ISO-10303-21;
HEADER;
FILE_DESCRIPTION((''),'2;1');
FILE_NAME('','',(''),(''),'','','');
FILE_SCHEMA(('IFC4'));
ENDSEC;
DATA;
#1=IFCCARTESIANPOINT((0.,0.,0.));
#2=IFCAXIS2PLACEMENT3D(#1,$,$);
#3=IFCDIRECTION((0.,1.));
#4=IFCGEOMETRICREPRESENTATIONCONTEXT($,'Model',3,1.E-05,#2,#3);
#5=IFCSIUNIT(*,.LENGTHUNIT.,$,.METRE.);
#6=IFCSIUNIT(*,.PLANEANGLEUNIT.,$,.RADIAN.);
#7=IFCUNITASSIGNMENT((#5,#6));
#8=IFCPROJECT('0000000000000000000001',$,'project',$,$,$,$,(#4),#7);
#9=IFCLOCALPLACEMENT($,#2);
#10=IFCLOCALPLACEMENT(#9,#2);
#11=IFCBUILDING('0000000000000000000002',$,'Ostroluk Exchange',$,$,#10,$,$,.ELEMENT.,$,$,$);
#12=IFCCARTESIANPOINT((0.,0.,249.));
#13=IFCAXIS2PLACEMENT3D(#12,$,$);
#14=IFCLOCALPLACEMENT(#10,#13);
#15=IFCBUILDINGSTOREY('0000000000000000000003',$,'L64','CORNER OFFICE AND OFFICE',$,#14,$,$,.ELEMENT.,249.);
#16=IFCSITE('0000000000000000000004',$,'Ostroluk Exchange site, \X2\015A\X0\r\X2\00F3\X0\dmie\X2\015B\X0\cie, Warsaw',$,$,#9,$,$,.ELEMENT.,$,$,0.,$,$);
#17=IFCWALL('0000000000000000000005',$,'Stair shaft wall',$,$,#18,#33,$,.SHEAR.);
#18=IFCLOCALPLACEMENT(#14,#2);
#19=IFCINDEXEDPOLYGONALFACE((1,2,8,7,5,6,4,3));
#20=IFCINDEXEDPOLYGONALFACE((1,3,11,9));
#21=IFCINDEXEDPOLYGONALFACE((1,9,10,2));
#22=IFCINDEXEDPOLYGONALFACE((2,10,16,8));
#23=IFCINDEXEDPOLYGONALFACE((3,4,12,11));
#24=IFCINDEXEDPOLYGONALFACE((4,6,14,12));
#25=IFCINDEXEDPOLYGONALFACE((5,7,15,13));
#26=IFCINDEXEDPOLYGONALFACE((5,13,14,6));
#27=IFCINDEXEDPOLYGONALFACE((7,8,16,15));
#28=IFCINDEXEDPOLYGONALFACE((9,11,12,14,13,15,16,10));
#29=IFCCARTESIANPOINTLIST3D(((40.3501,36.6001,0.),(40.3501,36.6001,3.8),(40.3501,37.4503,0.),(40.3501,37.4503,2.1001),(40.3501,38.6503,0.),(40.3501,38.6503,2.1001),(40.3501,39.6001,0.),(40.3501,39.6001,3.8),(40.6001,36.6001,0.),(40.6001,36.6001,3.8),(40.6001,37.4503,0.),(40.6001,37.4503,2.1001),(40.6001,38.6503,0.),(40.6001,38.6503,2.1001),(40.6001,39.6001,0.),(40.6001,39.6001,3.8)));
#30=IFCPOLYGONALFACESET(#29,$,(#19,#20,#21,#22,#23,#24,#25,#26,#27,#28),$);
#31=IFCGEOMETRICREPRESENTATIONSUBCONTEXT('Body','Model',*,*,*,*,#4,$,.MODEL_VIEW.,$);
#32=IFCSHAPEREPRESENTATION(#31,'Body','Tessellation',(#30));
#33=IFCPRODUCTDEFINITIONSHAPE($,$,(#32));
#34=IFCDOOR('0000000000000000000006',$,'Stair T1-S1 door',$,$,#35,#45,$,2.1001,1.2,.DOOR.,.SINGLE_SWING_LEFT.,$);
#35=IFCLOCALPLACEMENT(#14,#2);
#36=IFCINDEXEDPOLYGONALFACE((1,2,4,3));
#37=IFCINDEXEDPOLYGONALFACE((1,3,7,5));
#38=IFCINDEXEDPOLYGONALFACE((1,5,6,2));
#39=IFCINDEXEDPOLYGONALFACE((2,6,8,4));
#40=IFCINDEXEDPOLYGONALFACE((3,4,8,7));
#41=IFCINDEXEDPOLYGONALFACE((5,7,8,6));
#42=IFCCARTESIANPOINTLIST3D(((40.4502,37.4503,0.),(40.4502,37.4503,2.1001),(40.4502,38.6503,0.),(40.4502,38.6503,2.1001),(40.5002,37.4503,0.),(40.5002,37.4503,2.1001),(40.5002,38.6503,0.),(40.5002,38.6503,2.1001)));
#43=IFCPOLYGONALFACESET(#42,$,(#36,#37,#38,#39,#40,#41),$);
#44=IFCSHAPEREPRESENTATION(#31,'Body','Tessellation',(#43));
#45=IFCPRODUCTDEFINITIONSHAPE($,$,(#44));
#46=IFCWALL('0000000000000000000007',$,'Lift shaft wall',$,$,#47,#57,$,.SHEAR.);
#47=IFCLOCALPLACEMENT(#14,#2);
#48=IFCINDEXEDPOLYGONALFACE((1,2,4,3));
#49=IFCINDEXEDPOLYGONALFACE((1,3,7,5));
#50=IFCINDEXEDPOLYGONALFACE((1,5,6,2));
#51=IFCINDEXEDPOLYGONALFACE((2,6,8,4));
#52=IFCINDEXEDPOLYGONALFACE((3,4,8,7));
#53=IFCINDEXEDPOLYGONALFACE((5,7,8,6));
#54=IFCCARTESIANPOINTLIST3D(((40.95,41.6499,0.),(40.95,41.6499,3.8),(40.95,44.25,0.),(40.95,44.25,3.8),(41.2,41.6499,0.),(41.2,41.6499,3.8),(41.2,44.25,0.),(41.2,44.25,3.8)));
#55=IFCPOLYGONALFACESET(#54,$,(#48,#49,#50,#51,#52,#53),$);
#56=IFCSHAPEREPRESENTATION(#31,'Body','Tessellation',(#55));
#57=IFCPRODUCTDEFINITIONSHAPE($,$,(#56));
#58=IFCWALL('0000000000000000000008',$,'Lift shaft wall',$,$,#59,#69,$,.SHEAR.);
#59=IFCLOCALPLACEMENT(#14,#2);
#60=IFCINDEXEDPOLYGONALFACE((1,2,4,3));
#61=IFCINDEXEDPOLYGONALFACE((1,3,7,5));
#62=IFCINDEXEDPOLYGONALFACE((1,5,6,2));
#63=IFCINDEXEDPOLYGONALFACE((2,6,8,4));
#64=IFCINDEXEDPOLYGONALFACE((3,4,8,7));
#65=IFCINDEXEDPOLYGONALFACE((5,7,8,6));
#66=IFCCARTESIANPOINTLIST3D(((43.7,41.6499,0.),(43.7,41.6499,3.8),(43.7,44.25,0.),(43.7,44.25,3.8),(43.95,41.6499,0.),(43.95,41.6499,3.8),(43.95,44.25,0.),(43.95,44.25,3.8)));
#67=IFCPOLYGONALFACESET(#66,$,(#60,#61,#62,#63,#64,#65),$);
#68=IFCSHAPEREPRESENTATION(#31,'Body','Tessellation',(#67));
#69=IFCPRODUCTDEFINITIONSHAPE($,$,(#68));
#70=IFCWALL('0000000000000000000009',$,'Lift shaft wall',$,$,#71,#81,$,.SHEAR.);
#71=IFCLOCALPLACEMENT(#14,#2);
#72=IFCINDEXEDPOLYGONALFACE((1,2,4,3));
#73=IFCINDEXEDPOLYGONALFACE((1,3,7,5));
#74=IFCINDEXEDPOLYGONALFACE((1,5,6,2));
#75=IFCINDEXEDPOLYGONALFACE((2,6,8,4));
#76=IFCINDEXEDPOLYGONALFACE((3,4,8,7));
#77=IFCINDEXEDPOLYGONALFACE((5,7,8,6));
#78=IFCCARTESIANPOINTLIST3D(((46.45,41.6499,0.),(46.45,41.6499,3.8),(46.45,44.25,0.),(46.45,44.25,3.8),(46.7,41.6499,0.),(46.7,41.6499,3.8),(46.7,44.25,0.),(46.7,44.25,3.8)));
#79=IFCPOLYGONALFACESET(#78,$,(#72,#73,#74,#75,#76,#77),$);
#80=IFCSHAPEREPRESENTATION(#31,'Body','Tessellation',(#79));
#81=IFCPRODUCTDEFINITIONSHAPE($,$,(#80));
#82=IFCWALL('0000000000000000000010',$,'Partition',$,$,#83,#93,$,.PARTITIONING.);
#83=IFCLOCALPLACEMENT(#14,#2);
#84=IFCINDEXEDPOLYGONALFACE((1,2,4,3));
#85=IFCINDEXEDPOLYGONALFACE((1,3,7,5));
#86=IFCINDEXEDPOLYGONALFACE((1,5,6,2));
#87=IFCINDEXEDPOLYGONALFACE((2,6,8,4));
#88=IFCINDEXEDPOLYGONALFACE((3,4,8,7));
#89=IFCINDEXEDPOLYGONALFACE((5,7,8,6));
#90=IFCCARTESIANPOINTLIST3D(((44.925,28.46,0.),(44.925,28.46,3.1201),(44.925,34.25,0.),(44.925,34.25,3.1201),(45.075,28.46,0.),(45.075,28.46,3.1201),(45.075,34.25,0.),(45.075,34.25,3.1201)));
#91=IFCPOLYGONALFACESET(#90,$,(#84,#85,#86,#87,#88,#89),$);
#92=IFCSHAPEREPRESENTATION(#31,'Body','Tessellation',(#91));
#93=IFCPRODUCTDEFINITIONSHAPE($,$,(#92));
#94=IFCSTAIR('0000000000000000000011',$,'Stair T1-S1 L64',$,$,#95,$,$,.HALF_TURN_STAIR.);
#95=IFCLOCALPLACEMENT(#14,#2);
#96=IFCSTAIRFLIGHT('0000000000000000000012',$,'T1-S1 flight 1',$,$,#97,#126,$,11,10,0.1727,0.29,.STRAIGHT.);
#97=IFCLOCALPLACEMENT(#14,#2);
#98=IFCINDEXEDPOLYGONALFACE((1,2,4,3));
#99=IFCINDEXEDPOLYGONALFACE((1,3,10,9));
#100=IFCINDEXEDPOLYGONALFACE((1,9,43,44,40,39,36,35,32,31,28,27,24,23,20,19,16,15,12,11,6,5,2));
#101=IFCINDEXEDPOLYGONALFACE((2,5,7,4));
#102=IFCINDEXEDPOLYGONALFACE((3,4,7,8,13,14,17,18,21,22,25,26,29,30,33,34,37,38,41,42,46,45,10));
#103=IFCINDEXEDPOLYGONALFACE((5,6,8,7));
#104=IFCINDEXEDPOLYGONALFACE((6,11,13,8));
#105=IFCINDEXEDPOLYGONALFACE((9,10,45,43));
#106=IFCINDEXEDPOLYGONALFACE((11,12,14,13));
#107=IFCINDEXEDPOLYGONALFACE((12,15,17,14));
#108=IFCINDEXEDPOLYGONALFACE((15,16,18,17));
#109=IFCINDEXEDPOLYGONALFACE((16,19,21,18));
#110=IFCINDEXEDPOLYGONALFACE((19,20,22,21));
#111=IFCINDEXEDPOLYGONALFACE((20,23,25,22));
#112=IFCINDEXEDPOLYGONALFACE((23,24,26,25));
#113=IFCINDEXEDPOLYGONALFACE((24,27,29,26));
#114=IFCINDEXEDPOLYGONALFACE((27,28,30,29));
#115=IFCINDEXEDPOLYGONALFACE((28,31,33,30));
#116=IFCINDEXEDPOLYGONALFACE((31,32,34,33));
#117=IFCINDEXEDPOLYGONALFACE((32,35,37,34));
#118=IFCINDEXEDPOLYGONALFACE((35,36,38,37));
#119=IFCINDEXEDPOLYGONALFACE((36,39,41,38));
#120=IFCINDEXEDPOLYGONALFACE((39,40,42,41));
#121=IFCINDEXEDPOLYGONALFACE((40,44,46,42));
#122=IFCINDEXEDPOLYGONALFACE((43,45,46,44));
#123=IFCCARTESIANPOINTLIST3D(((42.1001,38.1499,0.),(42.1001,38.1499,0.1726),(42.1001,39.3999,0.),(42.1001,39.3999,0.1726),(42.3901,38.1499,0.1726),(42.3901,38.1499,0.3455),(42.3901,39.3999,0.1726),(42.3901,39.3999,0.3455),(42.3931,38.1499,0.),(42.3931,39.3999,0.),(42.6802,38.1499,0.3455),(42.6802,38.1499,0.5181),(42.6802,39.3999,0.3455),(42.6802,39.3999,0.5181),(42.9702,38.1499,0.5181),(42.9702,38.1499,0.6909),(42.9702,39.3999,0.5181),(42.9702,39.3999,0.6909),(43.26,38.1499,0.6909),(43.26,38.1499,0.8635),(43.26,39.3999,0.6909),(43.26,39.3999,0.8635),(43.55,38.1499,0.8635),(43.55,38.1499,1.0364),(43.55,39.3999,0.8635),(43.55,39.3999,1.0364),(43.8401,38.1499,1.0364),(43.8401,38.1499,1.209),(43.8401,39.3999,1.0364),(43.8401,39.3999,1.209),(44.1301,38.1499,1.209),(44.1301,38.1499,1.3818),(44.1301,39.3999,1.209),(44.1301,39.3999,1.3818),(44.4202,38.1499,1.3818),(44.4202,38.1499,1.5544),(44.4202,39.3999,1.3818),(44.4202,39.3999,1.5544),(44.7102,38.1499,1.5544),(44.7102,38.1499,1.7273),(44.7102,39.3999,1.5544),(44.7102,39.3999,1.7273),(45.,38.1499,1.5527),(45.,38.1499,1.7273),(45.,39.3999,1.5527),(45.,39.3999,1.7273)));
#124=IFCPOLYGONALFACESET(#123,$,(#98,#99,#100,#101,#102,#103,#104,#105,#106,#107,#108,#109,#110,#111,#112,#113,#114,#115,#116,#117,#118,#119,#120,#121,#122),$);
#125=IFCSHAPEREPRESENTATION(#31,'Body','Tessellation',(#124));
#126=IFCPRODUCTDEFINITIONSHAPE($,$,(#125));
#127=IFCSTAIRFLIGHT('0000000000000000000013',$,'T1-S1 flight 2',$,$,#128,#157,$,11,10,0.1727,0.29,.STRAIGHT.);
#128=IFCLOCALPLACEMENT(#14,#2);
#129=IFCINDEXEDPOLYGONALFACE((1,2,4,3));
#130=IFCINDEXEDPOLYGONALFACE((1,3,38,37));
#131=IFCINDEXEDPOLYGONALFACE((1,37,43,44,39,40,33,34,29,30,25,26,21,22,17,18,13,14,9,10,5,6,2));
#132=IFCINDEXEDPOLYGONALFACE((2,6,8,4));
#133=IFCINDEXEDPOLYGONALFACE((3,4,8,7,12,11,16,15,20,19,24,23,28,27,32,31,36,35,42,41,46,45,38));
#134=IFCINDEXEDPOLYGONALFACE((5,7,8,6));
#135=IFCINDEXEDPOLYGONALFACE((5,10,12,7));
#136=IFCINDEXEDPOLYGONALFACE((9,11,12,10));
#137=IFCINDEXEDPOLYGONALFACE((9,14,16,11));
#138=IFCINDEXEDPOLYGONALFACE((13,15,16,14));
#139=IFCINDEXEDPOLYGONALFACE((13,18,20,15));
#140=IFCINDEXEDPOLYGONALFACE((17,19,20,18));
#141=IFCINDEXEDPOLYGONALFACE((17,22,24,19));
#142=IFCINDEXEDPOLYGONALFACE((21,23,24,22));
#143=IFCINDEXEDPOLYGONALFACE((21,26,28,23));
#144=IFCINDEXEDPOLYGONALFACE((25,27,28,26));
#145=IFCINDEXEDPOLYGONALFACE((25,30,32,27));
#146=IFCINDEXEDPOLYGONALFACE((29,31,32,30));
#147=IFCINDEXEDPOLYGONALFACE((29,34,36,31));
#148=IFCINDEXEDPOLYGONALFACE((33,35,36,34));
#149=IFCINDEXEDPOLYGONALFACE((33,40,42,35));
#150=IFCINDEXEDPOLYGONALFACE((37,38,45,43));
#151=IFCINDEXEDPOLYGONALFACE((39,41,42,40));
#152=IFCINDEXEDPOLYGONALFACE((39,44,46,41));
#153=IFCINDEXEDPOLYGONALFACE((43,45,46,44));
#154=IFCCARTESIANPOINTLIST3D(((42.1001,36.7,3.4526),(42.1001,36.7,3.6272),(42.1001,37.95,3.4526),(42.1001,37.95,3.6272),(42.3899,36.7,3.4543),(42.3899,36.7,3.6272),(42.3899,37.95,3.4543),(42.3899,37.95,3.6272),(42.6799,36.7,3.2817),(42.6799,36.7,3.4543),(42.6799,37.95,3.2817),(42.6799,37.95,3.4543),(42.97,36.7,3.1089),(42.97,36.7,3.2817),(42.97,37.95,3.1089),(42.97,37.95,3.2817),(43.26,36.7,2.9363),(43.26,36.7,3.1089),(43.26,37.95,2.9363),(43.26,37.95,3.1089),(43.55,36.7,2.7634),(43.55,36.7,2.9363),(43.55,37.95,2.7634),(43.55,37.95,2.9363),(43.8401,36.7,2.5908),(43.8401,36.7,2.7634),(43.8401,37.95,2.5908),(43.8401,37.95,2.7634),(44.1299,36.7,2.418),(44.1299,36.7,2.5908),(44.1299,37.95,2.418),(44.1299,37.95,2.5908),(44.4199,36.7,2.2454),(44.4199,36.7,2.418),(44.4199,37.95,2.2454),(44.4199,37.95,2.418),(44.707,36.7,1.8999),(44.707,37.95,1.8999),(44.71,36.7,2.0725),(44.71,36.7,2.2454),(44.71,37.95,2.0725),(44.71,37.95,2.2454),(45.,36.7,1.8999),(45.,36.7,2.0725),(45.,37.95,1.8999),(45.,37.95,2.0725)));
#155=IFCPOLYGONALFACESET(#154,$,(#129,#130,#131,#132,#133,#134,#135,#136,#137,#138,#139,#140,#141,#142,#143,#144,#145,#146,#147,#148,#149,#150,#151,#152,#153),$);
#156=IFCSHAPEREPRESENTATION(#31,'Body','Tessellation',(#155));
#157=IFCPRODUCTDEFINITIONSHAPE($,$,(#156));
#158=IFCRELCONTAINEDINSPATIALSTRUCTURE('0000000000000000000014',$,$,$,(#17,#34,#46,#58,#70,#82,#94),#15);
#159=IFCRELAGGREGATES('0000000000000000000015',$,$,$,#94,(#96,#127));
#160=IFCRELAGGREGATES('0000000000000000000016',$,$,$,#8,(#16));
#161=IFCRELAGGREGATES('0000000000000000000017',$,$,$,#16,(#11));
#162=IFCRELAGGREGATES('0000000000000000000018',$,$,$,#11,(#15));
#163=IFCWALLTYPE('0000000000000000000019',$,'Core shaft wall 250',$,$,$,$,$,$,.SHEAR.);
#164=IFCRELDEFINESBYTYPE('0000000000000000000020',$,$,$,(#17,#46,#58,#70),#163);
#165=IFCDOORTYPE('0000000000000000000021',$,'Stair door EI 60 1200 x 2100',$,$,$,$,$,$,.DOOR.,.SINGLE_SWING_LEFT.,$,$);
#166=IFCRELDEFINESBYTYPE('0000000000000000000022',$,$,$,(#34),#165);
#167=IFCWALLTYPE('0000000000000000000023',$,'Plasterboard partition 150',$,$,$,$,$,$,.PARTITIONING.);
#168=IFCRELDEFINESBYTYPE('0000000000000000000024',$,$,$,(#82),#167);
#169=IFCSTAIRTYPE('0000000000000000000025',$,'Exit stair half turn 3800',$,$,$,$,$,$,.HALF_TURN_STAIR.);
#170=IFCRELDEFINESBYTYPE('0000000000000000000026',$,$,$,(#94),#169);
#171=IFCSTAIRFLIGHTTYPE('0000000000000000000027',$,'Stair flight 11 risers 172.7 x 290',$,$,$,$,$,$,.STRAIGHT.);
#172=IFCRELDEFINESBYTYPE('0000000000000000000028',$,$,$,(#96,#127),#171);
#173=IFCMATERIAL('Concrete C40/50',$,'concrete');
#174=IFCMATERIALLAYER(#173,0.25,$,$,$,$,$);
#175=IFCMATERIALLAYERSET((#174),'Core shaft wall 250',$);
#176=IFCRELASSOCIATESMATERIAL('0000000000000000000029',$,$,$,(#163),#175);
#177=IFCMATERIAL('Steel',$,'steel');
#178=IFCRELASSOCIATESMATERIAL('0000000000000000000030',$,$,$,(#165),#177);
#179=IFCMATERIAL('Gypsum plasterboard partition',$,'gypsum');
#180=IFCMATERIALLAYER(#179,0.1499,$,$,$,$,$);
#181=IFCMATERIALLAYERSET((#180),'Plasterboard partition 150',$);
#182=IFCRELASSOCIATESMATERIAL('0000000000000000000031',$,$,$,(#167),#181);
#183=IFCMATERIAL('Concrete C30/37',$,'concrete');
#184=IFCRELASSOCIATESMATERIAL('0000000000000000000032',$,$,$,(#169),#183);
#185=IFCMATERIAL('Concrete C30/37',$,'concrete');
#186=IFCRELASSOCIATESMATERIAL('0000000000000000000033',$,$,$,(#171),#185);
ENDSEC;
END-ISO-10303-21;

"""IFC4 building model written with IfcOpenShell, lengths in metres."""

from ifc_helpers import new_model, si_unit, direction, frame, frame_2d, origin, place, context, subcontext, project, spatial, polyline, rectangle, outline, extrude, material, layer, layer_set, type_object, element, fill, aggregate, save


model = new_model("IFC4")

# Units and contexts
model_context = context("Model", 3, precision=1e-05, world=origin(), true_north=direction((0.0, 1.0)))
body_context = subcontext(model_context, "Body", "Model", "MODEL_VIEW")
ifc_project = project(units=[si_unit("LENGTHUNIT", "METRE"), si_unit("PLANEANGLEUNIT", "RADIAN")], contexts=[model_context])

# Site, building, storey
site_placement = place(None, origin())
site = spatial("IfcSite", under=ifc_project, at=site_placement, Name="Ostroluk Exchange site, Śródmieście, Warsaw", CompositionType="ELEMENT", RefElevation=0.0)
building_placement = place(site_placement, origin())
building = spatial("IfcBuilding", under=site, at=building_placement, Name="Ostroluk Exchange", CompositionType="ELEMENT")
storey_placement = place(building_placement, frame((0.0, 0.0, 249.0)))
storey = spatial("IfcBuildingStorey", under=building, at=storey_placement, Name="L64", Description="CORNER OFFICE AND OFFICE", CompositionType="ELEMENT", Elevation=249.0)

# Wall, opening, door
ifc_material_1 = material(Name="Concrete C40/50", Category="concrete")
ifc_layer_1 = layer(ifc_material_1, 0.25)
ifc_layer_set_1 = layer_set([ifc_layer_1], Name="Core shaft wall 250")
wall_type_1 = type_object("IfcWallType", Name="Core shaft wall 250", PredefinedType="SHEAR", material=ifc_layer_set_1)
wall_1_placement = place(storey_placement, frame((40.4751, 36.6001, 0.0), z_axis=(0.0, 0.0, 1.0), x_axis=(0.0, 1.0, 0.0)))
wall_1 = element("IfcWall", 1, at=wall_1_placement, inside=storey, type_object=wall_type_1, Name="Stair shaft wall", PredefinedType="SHEAR", context=body_context, shape_type="SweptSolid", body=[
    extrude(rectangle(XDim=3.0, YDim=0.25, at=frame_2d((1.5, 0.0))), origin(), (0.0, 0.0, 1.0), 3.8),
])
opening_placement = place(wall_1_placement, frame((0.8501, 0.0, 0.0)))
opening = element("IfcOpeningElement", 2, at=opening_placement, cuts=wall_1, PredefinedType="OPENING", context=body_context, shape_type="SweptSolid", body=[
    extrude(rectangle(XDim=1.2, YDim=2.1001, at=frame_2d((0.6001, 1.05))), frame((0.0, 0.135, 0.0), z_axis=(0.0, -1.0, 0.0), x_axis=(1.0, 0.0, 0.0)), (0.0, 0.0, 1.0), 0.27),
])
ifc_material_2 = material(Name="Steel", Category="steel")
door_type = type_object("IfcDoorType", Name="Stair door EI 60 1200 x 2100", OperationType="SINGLE_SWING_LEFT", PredefinedType="DOOR", material=ifc_material_2)
door_placement = place(opening_placement, origin())
door = element("IfcDoor", 3, at=door_placement, inside=storey, type_object=door_type, Name="Stair T1-S1 door", OperationType="SINGLE_SWING_LEFT", OverallHeight=2.1001, OverallWidth=1.2, PredefinedType="DOOR", context=body_context, shape_type="SweptSolid", body=[
    extrude(rectangle(XDim=1.2, YDim=2.1001, at=frame_2d((0.6001, 1.05))), frame((0.0, 0.0249, 0.0), z_axis=(0.0, -1.0, 0.0), x_axis=(1.0, 0.0, 0.0)), (0.0, 0.0, 1.0), 0.05),
])
fill(opening, door)

# Walls
for number, where, z_axis, x_axis, name in (
    (4, (41.075, 44.25, 0.0), (0.0, 0.0, 1.0), (0.0, -1.0, 0.0), "Lift shaft wall"),
    (5, (43.825, 44.25, 0.0), (0.0, 0.0, 1.0), (0.0, -1.0, 0.0), "Lift shaft wall"),
    (6, (46.575, 44.25, 0.0), (0.0, 0.0, 1.0), (0.0, -1.0, 0.0), "Lift shaft wall"),
):
    element("IfcWall", number, at=place(storey_placement, frame(where, z_axis=z_axis, x_axis=x_axis)), inside=storey, type_object=wall_type_1, Name=name, PredefinedType="SHEAR", context=body_context, shape_type="SweptSolid", body=[
        extrude(rectangle(XDim=2.6001, YDim=0.25, at=frame_2d((1.3, 0.0))), origin(), (0.0, 0.0, 1.0), 3.8),
    ])
ifc_material_3 = material(Name="Gypsum plasterboard partition", Category="gypsum")
ifc_layer_2 = layer(ifc_material_3, 0.1499)
ifc_layer_set_2 = layer_set([ifc_layer_2], Name="Plasterboard partition 150")
wall_type_2 = type_object("IfcWallType", Name="Plasterboard partition 150", PredefinedType="PARTITIONING", material=ifc_layer_set_2)
wall_2_placement = place(storey_placement, frame((45.0, 34.25, 0.0), z_axis=(0.0, 0.0, 1.0), x_axis=(0.0, -1.0, 0.0)))
element("IfcWall", 7, at=wall_2_placement, inside=storey, type_object=wall_type_2, Name="Partition", PredefinedType="PARTITIONING", context=body_context, shape_type="SweptSolid", body=[
    extrude(rectangle(XDim=5.79, YDim=0.1499, at=frame_2d((2.895, 0.0))), origin(), (0.0, 0.0, 1.0), 3.1201),
])

# Stair, stair flights
ifc_material_4 = material(Name="Concrete C30/37", Category="concrete")
stair_type = type_object("IfcStairType", Name="Exit stair half turn 3800", PredefinedType="HALF_TURN_STAIR", material=ifc_material_4)
stair_placement = place(storey_placement, origin())
stair = element("IfcStair", 8, at=stair_placement, inside=storey, type_object=stair_type, Name="Stair T1-S1 L64", PredefinedType="HALF_TURN_STAIR")
ifc_material_5 = material(Name="Concrete C30/37", Category="concrete")
stair_flight_type = type_object("IfcStairFlightType", Name="Stair flight 11 risers 172.7 x 290", PredefinedType="STRAIGHT", material=ifc_material_5)
stair_flight_1_placement = place(storey_placement, frame((42.1001, 38.7749, 0.0), z_axis=(0.0, 0.0, 1.0), x_axis=(1.0, 0.0, 0.0)))
stair_flight_1 = element("IfcStairFlight", 9, at=stair_flight_1_placement, type_object=stair_flight_type, Name="T1-S1 flight 1", NumberOfRisers=11, NumberOfTreads=10, PredefinedType="STRAIGHT", RiserHeight=0.1727, TreadLength=0.29, context=body_context, shape_type="SweptSolid", body=[
    extrude(outline(polyline([(0.0, 0.0), (0.0, 0.1726), (0.29, 0.1726), (0.29, 0.3455), (0.5801, 0.3455), (0.5801, 0.5181), (0.8701, 0.5181), (0.8701, 0.6909), (1.1599, 0.6909), (1.1599, 0.8635), (1.45, 0.8635), (1.45, 1.0364), (1.74, 1.0364), (1.74, 1.209), (2.03, 1.209), (2.03, 1.3818), (2.3201, 1.3818), (2.3201, 1.5544), (2.6101, 1.5544), (2.6101, 1.7273), (2.8999, 1.7273), (2.8999, 1.8999), (2.8999, 1.5527), (0.293, 0.0), (0.0, 0.0)])), frame((0.0, 0.625, 0.0), z_axis=(0.0, -1.0, 0.0), x_axis=(1.0, 0.0, 0.0)), (0.0, 0.0, 1.0), 1.25),
])
stair_flight_2_placement = place(storey_placement, frame((45.0, 37.325, 1.8999), z_axis=(0.0, 0.0, 1.0), x_axis=(-1.0, 0.0, 0.0)))
stair_flight_2 = element("IfcStairFlight", 10, at=stair_flight_2_placement, type_object=stair_flight_type, Name="T1-S1 flight 2", NumberOfRisers=11, NumberOfTreads=10, PredefinedType="STRAIGHT", RiserHeight=0.1727, TreadLength=0.29, context=body_context, shape_type="SweptSolid", body=[
    extrude(outline(polyline([(0.0, 0.0), (0.0, 0.1726), (0.29, 0.1726), (0.29, 0.3455), (0.5801, 0.3455), (0.5801, 0.5181), (0.8701, 0.5181), (0.8701, 0.6909), (1.1599, 0.6909), (1.1599, 0.8635), (1.45, 0.8635), (1.45, 1.0364), (1.74, 1.0364), (1.74, 1.209), (2.03, 1.209), (2.03, 1.3818), (2.3201, 1.3818), (2.3201, 1.5544), (2.6101, 1.5544), (2.6101, 1.7273), (2.8999, 1.7273), (2.8999, 1.8999), (2.8999, 1.5527), (0.293, 0.0), (0.0, 0.0)])), frame((0.0, 0.625, 0.0), z_axis=(0.0, -1.0, 0.0), x_axis=(1.0, 0.0, 0.0)), (0.0, 0.0, 1.0), 1.25),
])
aggregate(stair, [stair_flight_1, stair_flight_2])

save(model, "model.ifc")
